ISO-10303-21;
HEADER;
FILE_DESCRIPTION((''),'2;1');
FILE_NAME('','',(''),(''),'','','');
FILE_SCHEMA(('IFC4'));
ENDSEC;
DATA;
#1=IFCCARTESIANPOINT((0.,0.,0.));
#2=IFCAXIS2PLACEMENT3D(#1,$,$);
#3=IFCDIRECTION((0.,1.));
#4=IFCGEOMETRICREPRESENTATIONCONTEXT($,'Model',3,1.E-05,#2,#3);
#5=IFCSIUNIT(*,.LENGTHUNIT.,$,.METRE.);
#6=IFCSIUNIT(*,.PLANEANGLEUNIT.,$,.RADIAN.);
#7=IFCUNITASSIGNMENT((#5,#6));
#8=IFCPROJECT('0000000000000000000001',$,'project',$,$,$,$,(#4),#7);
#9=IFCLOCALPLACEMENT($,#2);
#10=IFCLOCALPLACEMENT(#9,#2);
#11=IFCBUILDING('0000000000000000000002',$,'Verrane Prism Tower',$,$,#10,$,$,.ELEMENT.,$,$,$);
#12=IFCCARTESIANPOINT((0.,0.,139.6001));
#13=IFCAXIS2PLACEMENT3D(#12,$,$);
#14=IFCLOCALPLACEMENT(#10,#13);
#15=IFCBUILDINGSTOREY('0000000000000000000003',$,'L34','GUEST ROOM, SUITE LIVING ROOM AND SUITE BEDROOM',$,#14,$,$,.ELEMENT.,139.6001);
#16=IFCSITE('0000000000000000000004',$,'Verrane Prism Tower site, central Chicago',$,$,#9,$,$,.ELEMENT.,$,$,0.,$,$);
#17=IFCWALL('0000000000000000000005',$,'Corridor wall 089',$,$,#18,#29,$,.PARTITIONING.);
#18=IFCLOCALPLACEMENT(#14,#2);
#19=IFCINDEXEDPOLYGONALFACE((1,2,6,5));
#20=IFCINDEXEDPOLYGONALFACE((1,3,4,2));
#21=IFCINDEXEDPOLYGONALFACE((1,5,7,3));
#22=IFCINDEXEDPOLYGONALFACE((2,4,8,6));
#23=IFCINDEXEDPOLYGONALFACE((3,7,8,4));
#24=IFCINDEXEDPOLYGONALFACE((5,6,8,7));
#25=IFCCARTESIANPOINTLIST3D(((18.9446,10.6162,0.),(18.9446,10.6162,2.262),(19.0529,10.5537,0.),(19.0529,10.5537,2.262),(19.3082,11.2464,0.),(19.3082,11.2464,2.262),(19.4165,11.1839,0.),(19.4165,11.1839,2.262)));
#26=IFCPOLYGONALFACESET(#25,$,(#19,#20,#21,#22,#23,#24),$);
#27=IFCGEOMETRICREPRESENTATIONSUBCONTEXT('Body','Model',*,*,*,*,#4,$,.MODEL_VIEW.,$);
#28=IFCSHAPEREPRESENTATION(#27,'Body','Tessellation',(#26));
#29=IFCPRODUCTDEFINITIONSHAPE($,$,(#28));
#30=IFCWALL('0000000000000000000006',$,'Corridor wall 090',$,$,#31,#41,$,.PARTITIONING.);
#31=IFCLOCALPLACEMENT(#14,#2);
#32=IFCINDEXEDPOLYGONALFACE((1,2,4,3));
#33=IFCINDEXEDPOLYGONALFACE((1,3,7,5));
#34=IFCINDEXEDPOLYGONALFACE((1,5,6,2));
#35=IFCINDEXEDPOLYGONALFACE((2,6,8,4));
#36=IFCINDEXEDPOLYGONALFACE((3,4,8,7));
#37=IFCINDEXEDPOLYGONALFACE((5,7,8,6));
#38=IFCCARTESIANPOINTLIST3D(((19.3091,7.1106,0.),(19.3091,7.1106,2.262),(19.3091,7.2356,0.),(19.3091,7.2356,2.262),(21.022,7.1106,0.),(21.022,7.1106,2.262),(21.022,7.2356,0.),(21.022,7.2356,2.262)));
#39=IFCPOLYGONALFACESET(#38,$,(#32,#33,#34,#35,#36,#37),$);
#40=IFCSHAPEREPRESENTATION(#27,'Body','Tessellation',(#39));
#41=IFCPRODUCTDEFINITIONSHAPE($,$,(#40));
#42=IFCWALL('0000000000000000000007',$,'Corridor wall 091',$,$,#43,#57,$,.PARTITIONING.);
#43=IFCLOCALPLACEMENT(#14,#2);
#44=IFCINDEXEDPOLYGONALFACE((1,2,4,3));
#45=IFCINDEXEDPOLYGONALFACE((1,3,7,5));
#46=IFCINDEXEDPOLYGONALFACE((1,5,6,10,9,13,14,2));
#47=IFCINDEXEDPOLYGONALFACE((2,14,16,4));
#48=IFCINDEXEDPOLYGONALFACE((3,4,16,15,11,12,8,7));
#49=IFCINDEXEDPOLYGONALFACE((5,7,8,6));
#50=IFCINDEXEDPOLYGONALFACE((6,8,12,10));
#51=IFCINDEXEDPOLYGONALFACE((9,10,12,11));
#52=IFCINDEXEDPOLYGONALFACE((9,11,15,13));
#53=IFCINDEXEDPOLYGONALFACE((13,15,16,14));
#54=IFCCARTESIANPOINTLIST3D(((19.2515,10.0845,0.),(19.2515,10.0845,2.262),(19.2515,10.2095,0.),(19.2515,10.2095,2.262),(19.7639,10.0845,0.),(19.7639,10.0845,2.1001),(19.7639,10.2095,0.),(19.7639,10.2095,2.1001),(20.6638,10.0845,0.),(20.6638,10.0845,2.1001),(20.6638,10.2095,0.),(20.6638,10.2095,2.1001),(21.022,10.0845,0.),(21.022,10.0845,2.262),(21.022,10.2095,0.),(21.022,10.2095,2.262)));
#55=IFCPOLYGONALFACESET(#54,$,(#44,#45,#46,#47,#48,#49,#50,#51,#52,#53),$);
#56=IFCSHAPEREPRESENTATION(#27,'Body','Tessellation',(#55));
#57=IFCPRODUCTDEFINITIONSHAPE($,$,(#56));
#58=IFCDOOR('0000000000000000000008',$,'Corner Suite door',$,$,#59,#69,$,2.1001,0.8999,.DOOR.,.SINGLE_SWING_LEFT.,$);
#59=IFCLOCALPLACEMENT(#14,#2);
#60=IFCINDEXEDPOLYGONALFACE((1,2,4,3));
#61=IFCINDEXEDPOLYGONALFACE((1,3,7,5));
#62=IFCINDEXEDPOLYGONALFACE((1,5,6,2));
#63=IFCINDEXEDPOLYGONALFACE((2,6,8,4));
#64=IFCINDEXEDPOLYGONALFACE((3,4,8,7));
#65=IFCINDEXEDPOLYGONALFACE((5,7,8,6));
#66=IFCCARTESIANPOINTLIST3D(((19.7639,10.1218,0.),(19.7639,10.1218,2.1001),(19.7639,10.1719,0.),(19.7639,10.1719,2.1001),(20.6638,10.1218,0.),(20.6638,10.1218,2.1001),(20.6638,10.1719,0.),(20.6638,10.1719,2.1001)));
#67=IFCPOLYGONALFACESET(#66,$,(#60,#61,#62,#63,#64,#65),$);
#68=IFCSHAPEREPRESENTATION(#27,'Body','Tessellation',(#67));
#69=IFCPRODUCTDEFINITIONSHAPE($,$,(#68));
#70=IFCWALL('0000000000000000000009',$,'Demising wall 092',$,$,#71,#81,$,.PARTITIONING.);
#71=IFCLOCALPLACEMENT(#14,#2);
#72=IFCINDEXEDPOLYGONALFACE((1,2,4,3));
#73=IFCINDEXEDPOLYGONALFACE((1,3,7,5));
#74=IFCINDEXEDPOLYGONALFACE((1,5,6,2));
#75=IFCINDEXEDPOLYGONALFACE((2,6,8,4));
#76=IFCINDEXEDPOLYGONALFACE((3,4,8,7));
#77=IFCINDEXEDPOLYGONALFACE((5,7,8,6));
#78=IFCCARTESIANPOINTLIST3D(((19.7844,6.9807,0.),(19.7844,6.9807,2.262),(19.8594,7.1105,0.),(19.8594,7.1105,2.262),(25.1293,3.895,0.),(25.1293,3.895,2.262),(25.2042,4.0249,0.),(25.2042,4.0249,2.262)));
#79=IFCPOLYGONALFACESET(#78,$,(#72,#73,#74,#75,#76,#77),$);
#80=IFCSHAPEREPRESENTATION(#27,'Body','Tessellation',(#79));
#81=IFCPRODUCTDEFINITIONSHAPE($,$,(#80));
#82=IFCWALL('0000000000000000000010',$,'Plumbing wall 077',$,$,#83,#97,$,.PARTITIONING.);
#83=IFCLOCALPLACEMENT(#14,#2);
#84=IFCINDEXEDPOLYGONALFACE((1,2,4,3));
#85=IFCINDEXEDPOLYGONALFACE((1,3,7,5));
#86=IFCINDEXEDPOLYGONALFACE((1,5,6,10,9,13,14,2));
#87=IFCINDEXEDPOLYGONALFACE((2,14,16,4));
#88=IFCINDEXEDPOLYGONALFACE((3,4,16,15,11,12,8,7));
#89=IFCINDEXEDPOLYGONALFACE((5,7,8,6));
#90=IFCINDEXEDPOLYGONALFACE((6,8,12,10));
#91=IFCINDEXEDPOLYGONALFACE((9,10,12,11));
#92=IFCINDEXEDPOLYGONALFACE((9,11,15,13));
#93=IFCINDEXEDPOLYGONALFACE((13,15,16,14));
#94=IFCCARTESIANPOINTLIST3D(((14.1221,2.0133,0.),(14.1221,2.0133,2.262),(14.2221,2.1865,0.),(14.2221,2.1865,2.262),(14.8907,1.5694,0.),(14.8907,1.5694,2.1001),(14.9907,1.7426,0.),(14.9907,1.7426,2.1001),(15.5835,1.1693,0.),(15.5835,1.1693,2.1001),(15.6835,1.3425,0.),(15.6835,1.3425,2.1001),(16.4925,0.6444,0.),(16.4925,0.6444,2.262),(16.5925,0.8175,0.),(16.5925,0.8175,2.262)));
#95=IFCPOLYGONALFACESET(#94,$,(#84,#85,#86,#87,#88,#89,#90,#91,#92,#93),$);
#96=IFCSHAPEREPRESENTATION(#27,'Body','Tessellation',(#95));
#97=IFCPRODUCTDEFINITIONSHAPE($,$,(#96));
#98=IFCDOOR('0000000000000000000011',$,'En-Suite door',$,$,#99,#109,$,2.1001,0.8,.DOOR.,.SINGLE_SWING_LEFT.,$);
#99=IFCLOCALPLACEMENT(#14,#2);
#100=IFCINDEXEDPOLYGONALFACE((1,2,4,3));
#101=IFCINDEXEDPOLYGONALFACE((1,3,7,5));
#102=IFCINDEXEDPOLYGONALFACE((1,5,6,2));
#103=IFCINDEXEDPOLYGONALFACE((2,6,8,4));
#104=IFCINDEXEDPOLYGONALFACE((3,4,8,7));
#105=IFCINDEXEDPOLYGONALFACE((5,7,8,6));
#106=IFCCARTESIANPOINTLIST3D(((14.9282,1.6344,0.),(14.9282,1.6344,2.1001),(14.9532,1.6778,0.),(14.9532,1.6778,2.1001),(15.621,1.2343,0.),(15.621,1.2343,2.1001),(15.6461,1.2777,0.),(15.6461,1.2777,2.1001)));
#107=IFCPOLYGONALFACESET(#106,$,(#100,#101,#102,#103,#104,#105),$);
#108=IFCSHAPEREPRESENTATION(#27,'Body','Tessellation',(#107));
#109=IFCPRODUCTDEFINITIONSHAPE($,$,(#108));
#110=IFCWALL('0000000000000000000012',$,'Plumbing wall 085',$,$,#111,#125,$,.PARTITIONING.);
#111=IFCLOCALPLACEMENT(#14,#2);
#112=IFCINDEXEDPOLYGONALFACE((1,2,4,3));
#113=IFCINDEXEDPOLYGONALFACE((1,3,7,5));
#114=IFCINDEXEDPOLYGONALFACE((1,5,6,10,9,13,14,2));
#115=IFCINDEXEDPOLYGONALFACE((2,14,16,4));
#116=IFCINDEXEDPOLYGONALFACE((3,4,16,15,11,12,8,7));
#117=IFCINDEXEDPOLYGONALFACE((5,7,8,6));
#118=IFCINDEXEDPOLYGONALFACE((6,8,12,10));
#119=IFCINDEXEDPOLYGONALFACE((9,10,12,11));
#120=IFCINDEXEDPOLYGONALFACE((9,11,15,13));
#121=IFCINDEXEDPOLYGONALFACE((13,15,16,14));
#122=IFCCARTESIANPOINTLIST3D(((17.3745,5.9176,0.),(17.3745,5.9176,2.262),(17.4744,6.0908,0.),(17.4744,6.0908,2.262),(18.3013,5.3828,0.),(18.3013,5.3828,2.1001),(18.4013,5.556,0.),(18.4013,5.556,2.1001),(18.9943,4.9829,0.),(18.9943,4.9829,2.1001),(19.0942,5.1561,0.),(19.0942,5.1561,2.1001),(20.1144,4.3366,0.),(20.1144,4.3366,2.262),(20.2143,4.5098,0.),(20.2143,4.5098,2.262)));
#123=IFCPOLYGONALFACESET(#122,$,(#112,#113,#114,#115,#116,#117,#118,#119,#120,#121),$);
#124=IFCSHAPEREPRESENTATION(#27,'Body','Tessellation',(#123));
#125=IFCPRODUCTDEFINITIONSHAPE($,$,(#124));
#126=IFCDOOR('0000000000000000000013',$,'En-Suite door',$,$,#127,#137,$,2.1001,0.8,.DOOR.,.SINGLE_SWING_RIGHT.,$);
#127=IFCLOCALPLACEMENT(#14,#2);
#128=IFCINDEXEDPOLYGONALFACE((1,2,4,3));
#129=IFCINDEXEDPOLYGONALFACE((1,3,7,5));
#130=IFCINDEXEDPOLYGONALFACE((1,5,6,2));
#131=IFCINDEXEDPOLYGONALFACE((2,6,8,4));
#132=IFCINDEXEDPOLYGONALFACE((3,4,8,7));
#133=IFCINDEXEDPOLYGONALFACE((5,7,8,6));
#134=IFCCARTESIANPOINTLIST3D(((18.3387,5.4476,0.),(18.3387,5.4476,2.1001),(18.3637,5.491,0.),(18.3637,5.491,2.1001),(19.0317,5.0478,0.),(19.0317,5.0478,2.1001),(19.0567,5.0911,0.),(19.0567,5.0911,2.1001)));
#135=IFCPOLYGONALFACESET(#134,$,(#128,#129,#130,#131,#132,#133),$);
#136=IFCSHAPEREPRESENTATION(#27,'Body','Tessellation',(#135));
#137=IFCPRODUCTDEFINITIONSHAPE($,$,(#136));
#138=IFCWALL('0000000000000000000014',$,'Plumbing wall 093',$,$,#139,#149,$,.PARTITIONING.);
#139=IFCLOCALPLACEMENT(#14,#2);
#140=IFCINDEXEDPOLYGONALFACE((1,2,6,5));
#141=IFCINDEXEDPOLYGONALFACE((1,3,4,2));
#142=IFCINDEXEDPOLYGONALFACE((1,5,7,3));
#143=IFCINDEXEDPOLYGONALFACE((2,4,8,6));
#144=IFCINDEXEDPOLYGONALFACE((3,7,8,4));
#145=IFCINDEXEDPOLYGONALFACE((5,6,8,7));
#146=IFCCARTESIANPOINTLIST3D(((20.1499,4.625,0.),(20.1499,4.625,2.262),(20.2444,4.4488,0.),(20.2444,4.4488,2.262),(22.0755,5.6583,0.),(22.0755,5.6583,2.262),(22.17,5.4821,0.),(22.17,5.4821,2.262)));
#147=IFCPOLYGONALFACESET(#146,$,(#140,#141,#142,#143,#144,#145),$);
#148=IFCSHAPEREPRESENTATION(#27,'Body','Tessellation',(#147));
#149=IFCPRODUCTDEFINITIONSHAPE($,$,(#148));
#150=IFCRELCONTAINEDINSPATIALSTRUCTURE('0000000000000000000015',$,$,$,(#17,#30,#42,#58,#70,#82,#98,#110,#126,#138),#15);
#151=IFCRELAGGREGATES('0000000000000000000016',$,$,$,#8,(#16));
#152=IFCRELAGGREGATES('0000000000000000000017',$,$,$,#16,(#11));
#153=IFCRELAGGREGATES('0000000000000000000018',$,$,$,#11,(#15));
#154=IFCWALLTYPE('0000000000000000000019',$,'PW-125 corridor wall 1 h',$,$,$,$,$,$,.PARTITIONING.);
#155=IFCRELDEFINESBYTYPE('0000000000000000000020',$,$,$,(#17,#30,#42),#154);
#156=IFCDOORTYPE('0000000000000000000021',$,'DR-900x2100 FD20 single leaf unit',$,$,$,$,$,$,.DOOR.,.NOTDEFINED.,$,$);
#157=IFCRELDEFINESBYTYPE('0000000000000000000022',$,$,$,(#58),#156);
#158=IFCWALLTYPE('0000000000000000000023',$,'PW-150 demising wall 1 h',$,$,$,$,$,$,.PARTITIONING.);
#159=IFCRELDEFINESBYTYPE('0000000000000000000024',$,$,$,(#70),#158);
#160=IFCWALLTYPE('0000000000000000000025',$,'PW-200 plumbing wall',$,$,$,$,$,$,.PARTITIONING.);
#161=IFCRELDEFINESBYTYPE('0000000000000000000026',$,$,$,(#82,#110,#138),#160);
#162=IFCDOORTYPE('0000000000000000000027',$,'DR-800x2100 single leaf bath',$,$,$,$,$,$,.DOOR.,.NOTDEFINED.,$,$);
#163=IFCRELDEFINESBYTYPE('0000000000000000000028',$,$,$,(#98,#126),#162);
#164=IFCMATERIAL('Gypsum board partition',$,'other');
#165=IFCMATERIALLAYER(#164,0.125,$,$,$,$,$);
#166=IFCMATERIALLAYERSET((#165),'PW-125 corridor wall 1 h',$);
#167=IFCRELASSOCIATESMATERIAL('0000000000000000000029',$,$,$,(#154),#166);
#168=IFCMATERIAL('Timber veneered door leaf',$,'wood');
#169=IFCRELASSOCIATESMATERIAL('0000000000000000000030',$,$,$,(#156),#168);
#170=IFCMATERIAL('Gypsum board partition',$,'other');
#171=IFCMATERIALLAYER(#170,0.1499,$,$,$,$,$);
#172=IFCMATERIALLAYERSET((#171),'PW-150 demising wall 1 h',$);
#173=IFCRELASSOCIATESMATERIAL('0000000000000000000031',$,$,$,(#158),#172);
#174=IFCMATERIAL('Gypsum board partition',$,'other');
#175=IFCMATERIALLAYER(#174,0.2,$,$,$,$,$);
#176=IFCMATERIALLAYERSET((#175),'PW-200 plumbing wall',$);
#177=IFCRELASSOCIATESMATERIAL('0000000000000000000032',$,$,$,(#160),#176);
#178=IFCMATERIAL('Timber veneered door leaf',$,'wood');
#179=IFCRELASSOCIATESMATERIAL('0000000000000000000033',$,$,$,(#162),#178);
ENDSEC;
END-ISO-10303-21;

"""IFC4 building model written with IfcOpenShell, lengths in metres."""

from ifc_helpers import new_model, si_unit, direction, frame, frame_2d, origin, place, context, subcontext, project, spatial, rectangle, extrude, material, layer, layer_set, type_object, element, fill, save


model = new_model("IFC4")

# Units and contexts
model_context = context("Model", 3, precision=1e-05, world=origin(), true_north=direction((0.0, 1.0)))
body_context = subcontext(model_context, "Body", "Model", "MODEL_VIEW")
ifc_project = project(units=[si_unit("LENGTHUNIT", "METRE"), si_unit("PLANEANGLEUNIT", "RADIAN")], contexts=[model_context])

# Site, building, storey
site_placement = place(None, origin())
site = spatial("IfcSite", under=ifc_project, at=site_placement, Name="Verrane Prism Tower site, central Chicago", CompositionType="ELEMENT", RefElevation=0.0)
building_placement = place(site_placement, origin())
building = spatial("IfcBuilding", under=site, at=building_placement, Name="Verrane Prism Tower", CompositionType="ELEMENT")
storey_placement = place(building_placement, frame((0.0, 0.0, 139.6001)))
storey = spatial("IfcBuildingStorey", under=building, at=storey_placement, Name="L34", Description="GUEST ROOM, SUITE LIVING ROOM AND SUITE BEDROOM", CompositionType="ELEMENT", Elevation=139.6001)

# Shared definitions
ifc_material_1 = material(Name="Gypsum board partition", Category="other")
ifc_layer_1 = layer(ifc_material_1, 0.125)
ifc_layer_set_1 = layer_set([ifc_layer_1], Name="PW-125 corridor wall 1 h")
wall_type_1 = type_object("IfcWallType", Name="PW-125 corridor wall 1 h", PredefinedType="PARTITIONING", material=ifc_layer_set_1)
ifc_material_2 = material(Name="Timber veneered door leaf", Category="wood")
door_type_1 = type_object("IfcDoorType", Name="DR-900x2100 FD20 single leaf unit", OperationType="NOTDEFINED", PredefinedType="DOOR", material=ifc_material_2)

# Walls
wall_1_placement = place(storey_placement, frame((18.9988, 10.585, 0.0), z_axis=(0.0, 0.0, 1.0), x_axis=(0.499713, 0.866191, 0.0)))
element("IfcWall", 1, at=wall_1_placement, inside=storey, type_object=wall_type_1, Name="Corridor wall 089", PredefinedType="PARTITIONING", context=body_context, shape_type="SweptSolid", body=[
    extrude(rectangle(XDim=0.7275, YDim=0.125, at=frame_2d((0.3638, 0.0))), origin(), (0.0, 0.0, 1.0), 2.262),
])
wall_2_placement = place(storey_placement, frame((19.3091, 7.1731, 0.0), z_axis=(0.0, 0.0, 1.0), x_axis=(1.0, 0.0, 0.0)))
element("IfcWall", 2, at=wall_2_placement, inside=storey, type_object=wall_type_1, Name="Corridor wall 090", PredefinedType="PARTITIONING", context=body_context, shape_type="SweptSolid", body=[
    extrude(rectangle(XDim=1.7129, YDim=0.125, at=frame_2d((0.8564, 0.0))), origin(), (0.0, 0.0, 1.0), 2.262),
])

# Wall, opening, door
wall_3_placement = place(storey_placement, frame((19.2515, 10.147, 0.0), z_axis=(0.0, 0.0, 1.0), x_axis=(1.0, 0.0, 0.0)))
wall_3 = element("IfcWall", 3, at=wall_3_placement, inside=storey, type_object=wall_type_1, Name="Corridor wall 091", PredefinedType="PARTITIONING", context=body_context, shape_type="SweptSolid", body=[
    extrude(rectangle(XDim=1.7705, YDim=0.125, at=frame_2d((0.8853, 0.0))), origin(), (0.0, 0.0, 1.0), 2.262),
])
opening_1_placement = place(wall_3_placement, frame((0.5125, 0.0, 0.0)))
opening_1 = element("IfcOpeningElement", 4, at=opening_1_placement, cuts=wall_3, PredefinedType="OPENING", context=body_context, shape_type="SweptSolid", body=[
    extrude(rectangle(XDim=0.8999, YDim=2.1001, at=frame_2d((0.45, 1.05))), frame((0.0, 0.0725, 0.0), z_axis=(0.0, -1.0, 0.0), x_axis=(1.0, 0.0, 0.0)), (0.0, 0.0, 1.0), 0.145),
])
door_1_placement = place(opening_1_placement, origin())
door_1 = element("IfcDoor", 5, at=door_1_placement, inside=storey, type_object=door_type_1, Name="Corner Suite door", OperationType="SINGLE_SWING_LEFT", OverallHeight=2.1001, OverallWidth=0.8999, PredefinedType="DOOR", context=body_context, shape_type="SweptSolid", body=[
    extrude(rectangle(XDim=0.8999, YDim=2.1001, at=frame_2d((0.45, 1.05))), frame((0.0, 0.0249, 0.0), z_axis=(0.0, -1.0, 0.0), x_axis=(1.0, 0.0, 0.0)), (0.0, 0.0, 1.0), 0.05),
])
fill(opening_1, door_1)

# Wall
ifc_material_3 = material(Name="Gypsum board partition", Category="other")
ifc_layer_2 = layer(ifc_material_3, 0.1499)
ifc_layer_set_2 = layer_set([ifc_layer_2], Name="PW-150 demising wall 1 h")
wall_type_2 = type_object("IfcWallType", Name="PW-150 demising wall 1 h", PredefinedType="PARTITIONING", material=ifc_layer_set_2)
wall_4_placement = place(storey_placement, frame((19.8218, 7.0457, 0.0), z_axis=(0.0, 0.0, 1.0), x_axis=(0.866041, -0.499972, 0.0)))
element("IfcWall", 6, at=wall_4_placement, inside=storey, type_object=wall_type_2, Name="Demising wall 092", PredefinedType="PARTITIONING", context=body_context, shape_type="SweptSolid", body=[
    extrude(rectangle(XDim=6.1716, YDim=0.1499, at=frame_2d((3.0859, 0.0))), origin(), (0.0, 0.0, 1.0), 2.262),
])

# Walls, openings, doors
ifc_material_4 = material(Name="Gypsum board partition", Category="other")
ifc_layer_3 = layer(ifc_material_4, 0.2)
ifc_layer_set_3 = layer_set([ifc_layer_3], Name="PW-200 plumbing wall")
wall_type_3 = type_object("IfcWallType", Name="PW-200 plumbing wall", PredefinedType="PARTITIONING", material=ifc_layer_set_3)
wall_5_placement = place(storey_placement, frame((16.5425, 0.731, 0.0), z_axis=(0.0, 0.0, 1.0), x_axis=(-0.865967, 0.500101, 0.0)))
wall_5 = element("IfcWall", 7, at=wall_5_placement, inside=storey, type_object=wall_type_3, Name="Plumbing wall 077", PredefinedType="PARTITIONING", context=body_context, shape_type="SweptSolid", body=[
    extrude(rectangle(XDim=2.7373, YDim=0.2, at=frame_2d((1.3687, 0.0))), origin(), (0.0, 0.0, 1.0), 2.262),
])
opening_2_placement = place(wall_5_placement, frame((1.0498, 0.0, 0.0)))
opening_2 = element("IfcOpeningElement", 8, at=opening_2_placement, cuts=wall_5, PredefinedType="OPENING", context=body_context, shape_type="SweptSolid", body=[
    extrude(rectangle(XDim=0.8, YDim=2.1001, at=frame_2d((0.3999, 1.05))), frame((0.0, 0.1099, 0.0), z_axis=(0.0, -1.0, 0.0), x_axis=(1.0, 0.0, 0.0)), (0.0, 0.0, 1.0), 0.22),
])
ifc_material_5 = material(Name="Timber veneered door leaf", Category="wood")
door_type_2 = type_object("IfcDoorType", Name="DR-800x2100 single leaf bath", OperationType="NOTDEFINED", PredefinedType="DOOR", material=ifc_material_5)
door_2_placement = place(opening_2_placement, origin())
door_2 = element("IfcDoor", 9, at=door_2_placement, inside=storey, type_object=door_type_2, Name="En-Suite door", OperationType="SINGLE_SWING_LEFT", OverallHeight=2.1001, OverallWidth=0.8, PredefinedType="DOOR", context=body_context, shape_type="SweptSolid", body=[
    extrude(rectangle(XDim=0.8, YDim=2.1001, at=frame_2d((0.3999, 1.05))), frame((0.0, 0.0249, 0.0), z_axis=(0.0, -1.0, 0.0), x_axis=(1.0, 0.0, 0.0)), (0.0, 0.0, 1.0), 0.05),
])
fill(opening_2, door_2)
wall_6_placement = place(storey_placement, frame((17.4246, 6.0042, 0.0), z_axis=(0.0, 0.0, 1.0), x_axis=(0.866146, -0.499791, 0.0)))
wall_6 = element("IfcWall", 10, at=wall_6_placement, inside=storey, type_object=wall_type_3, Name="Plumbing wall 085", PredefinedType="PARTITIONING", context=body_context, shape_type="SweptSolid", body=[
    extrude(rectangle(XDim=3.1633, YDim=0.2, at=frame_2d((1.5815, 0.0))), origin(), (0.0, 0.0, 1.0), 2.262),
])
opening_3_placement = place(wall_6_placement, frame((1.0701, 0.0, 0.0)))
opening_3 = element("IfcOpeningElement", 11, at=opening_3_placement, cuts=wall_6, PredefinedType="OPENING", context=body_context, shape_type="SweptSolid", body=[
    extrude(rectangle(XDim=0.8, YDim=2.1001, at=frame_2d((0.3999, 1.05))), frame((0.0, 0.1099, 0.0), z_axis=(0.0, -1.0, 0.0), x_axis=(1.0, 0.0, 0.0)), (0.0, 0.0, 1.0), 0.22),
])
door_3_placement = place(opening_3_placement, origin())
door_3 = element("IfcDoor", 12, at=door_3_placement, inside=storey, type_object=door_type_2, Name="En-Suite door", OperationType="SINGLE_SWING_RIGHT", OverallHeight=2.1001, OverallWidth=0.8, PredefinedType="DOOR", context=body_context, shape_type="SweptSolid", body=[
    extrude(rectangle(XDim=0.8, YDim=2.1001, at=frame_2d((0.3999, 1.05))), frame((0.0, 0.0249, 0.0), z_axis=(0.0, -1.0, 0.0), x_axis=(1.0, 0.0, 0.0)), (0.0, 0.0, 1.0), 0.05),
])
fill(opening_3, door_3)

# Wall
wall_7_placement = place(storey_placement, frame((20.197, 4.5369, 0.0), z_axis=(0.0, 0.0, 1.0), x_axis=(0.881163, 0.472813, 0.0)))
element("IfcWall", 13, at=wall_7_placement, inside=storey, type_object=wall_type_3, Name="Plumbing wall 093", PredefinedType="PARTITIONING", context=body_context, shape_type="SweptSolid", body=[
    extrude(rectangle(XDim=2.1853, YDim=0.2, at=frame_2d((1.0928, 0.0))), origin(), (0.0, 0.0, 1.0), 2.262),
])

save(model, "model.ifc")
